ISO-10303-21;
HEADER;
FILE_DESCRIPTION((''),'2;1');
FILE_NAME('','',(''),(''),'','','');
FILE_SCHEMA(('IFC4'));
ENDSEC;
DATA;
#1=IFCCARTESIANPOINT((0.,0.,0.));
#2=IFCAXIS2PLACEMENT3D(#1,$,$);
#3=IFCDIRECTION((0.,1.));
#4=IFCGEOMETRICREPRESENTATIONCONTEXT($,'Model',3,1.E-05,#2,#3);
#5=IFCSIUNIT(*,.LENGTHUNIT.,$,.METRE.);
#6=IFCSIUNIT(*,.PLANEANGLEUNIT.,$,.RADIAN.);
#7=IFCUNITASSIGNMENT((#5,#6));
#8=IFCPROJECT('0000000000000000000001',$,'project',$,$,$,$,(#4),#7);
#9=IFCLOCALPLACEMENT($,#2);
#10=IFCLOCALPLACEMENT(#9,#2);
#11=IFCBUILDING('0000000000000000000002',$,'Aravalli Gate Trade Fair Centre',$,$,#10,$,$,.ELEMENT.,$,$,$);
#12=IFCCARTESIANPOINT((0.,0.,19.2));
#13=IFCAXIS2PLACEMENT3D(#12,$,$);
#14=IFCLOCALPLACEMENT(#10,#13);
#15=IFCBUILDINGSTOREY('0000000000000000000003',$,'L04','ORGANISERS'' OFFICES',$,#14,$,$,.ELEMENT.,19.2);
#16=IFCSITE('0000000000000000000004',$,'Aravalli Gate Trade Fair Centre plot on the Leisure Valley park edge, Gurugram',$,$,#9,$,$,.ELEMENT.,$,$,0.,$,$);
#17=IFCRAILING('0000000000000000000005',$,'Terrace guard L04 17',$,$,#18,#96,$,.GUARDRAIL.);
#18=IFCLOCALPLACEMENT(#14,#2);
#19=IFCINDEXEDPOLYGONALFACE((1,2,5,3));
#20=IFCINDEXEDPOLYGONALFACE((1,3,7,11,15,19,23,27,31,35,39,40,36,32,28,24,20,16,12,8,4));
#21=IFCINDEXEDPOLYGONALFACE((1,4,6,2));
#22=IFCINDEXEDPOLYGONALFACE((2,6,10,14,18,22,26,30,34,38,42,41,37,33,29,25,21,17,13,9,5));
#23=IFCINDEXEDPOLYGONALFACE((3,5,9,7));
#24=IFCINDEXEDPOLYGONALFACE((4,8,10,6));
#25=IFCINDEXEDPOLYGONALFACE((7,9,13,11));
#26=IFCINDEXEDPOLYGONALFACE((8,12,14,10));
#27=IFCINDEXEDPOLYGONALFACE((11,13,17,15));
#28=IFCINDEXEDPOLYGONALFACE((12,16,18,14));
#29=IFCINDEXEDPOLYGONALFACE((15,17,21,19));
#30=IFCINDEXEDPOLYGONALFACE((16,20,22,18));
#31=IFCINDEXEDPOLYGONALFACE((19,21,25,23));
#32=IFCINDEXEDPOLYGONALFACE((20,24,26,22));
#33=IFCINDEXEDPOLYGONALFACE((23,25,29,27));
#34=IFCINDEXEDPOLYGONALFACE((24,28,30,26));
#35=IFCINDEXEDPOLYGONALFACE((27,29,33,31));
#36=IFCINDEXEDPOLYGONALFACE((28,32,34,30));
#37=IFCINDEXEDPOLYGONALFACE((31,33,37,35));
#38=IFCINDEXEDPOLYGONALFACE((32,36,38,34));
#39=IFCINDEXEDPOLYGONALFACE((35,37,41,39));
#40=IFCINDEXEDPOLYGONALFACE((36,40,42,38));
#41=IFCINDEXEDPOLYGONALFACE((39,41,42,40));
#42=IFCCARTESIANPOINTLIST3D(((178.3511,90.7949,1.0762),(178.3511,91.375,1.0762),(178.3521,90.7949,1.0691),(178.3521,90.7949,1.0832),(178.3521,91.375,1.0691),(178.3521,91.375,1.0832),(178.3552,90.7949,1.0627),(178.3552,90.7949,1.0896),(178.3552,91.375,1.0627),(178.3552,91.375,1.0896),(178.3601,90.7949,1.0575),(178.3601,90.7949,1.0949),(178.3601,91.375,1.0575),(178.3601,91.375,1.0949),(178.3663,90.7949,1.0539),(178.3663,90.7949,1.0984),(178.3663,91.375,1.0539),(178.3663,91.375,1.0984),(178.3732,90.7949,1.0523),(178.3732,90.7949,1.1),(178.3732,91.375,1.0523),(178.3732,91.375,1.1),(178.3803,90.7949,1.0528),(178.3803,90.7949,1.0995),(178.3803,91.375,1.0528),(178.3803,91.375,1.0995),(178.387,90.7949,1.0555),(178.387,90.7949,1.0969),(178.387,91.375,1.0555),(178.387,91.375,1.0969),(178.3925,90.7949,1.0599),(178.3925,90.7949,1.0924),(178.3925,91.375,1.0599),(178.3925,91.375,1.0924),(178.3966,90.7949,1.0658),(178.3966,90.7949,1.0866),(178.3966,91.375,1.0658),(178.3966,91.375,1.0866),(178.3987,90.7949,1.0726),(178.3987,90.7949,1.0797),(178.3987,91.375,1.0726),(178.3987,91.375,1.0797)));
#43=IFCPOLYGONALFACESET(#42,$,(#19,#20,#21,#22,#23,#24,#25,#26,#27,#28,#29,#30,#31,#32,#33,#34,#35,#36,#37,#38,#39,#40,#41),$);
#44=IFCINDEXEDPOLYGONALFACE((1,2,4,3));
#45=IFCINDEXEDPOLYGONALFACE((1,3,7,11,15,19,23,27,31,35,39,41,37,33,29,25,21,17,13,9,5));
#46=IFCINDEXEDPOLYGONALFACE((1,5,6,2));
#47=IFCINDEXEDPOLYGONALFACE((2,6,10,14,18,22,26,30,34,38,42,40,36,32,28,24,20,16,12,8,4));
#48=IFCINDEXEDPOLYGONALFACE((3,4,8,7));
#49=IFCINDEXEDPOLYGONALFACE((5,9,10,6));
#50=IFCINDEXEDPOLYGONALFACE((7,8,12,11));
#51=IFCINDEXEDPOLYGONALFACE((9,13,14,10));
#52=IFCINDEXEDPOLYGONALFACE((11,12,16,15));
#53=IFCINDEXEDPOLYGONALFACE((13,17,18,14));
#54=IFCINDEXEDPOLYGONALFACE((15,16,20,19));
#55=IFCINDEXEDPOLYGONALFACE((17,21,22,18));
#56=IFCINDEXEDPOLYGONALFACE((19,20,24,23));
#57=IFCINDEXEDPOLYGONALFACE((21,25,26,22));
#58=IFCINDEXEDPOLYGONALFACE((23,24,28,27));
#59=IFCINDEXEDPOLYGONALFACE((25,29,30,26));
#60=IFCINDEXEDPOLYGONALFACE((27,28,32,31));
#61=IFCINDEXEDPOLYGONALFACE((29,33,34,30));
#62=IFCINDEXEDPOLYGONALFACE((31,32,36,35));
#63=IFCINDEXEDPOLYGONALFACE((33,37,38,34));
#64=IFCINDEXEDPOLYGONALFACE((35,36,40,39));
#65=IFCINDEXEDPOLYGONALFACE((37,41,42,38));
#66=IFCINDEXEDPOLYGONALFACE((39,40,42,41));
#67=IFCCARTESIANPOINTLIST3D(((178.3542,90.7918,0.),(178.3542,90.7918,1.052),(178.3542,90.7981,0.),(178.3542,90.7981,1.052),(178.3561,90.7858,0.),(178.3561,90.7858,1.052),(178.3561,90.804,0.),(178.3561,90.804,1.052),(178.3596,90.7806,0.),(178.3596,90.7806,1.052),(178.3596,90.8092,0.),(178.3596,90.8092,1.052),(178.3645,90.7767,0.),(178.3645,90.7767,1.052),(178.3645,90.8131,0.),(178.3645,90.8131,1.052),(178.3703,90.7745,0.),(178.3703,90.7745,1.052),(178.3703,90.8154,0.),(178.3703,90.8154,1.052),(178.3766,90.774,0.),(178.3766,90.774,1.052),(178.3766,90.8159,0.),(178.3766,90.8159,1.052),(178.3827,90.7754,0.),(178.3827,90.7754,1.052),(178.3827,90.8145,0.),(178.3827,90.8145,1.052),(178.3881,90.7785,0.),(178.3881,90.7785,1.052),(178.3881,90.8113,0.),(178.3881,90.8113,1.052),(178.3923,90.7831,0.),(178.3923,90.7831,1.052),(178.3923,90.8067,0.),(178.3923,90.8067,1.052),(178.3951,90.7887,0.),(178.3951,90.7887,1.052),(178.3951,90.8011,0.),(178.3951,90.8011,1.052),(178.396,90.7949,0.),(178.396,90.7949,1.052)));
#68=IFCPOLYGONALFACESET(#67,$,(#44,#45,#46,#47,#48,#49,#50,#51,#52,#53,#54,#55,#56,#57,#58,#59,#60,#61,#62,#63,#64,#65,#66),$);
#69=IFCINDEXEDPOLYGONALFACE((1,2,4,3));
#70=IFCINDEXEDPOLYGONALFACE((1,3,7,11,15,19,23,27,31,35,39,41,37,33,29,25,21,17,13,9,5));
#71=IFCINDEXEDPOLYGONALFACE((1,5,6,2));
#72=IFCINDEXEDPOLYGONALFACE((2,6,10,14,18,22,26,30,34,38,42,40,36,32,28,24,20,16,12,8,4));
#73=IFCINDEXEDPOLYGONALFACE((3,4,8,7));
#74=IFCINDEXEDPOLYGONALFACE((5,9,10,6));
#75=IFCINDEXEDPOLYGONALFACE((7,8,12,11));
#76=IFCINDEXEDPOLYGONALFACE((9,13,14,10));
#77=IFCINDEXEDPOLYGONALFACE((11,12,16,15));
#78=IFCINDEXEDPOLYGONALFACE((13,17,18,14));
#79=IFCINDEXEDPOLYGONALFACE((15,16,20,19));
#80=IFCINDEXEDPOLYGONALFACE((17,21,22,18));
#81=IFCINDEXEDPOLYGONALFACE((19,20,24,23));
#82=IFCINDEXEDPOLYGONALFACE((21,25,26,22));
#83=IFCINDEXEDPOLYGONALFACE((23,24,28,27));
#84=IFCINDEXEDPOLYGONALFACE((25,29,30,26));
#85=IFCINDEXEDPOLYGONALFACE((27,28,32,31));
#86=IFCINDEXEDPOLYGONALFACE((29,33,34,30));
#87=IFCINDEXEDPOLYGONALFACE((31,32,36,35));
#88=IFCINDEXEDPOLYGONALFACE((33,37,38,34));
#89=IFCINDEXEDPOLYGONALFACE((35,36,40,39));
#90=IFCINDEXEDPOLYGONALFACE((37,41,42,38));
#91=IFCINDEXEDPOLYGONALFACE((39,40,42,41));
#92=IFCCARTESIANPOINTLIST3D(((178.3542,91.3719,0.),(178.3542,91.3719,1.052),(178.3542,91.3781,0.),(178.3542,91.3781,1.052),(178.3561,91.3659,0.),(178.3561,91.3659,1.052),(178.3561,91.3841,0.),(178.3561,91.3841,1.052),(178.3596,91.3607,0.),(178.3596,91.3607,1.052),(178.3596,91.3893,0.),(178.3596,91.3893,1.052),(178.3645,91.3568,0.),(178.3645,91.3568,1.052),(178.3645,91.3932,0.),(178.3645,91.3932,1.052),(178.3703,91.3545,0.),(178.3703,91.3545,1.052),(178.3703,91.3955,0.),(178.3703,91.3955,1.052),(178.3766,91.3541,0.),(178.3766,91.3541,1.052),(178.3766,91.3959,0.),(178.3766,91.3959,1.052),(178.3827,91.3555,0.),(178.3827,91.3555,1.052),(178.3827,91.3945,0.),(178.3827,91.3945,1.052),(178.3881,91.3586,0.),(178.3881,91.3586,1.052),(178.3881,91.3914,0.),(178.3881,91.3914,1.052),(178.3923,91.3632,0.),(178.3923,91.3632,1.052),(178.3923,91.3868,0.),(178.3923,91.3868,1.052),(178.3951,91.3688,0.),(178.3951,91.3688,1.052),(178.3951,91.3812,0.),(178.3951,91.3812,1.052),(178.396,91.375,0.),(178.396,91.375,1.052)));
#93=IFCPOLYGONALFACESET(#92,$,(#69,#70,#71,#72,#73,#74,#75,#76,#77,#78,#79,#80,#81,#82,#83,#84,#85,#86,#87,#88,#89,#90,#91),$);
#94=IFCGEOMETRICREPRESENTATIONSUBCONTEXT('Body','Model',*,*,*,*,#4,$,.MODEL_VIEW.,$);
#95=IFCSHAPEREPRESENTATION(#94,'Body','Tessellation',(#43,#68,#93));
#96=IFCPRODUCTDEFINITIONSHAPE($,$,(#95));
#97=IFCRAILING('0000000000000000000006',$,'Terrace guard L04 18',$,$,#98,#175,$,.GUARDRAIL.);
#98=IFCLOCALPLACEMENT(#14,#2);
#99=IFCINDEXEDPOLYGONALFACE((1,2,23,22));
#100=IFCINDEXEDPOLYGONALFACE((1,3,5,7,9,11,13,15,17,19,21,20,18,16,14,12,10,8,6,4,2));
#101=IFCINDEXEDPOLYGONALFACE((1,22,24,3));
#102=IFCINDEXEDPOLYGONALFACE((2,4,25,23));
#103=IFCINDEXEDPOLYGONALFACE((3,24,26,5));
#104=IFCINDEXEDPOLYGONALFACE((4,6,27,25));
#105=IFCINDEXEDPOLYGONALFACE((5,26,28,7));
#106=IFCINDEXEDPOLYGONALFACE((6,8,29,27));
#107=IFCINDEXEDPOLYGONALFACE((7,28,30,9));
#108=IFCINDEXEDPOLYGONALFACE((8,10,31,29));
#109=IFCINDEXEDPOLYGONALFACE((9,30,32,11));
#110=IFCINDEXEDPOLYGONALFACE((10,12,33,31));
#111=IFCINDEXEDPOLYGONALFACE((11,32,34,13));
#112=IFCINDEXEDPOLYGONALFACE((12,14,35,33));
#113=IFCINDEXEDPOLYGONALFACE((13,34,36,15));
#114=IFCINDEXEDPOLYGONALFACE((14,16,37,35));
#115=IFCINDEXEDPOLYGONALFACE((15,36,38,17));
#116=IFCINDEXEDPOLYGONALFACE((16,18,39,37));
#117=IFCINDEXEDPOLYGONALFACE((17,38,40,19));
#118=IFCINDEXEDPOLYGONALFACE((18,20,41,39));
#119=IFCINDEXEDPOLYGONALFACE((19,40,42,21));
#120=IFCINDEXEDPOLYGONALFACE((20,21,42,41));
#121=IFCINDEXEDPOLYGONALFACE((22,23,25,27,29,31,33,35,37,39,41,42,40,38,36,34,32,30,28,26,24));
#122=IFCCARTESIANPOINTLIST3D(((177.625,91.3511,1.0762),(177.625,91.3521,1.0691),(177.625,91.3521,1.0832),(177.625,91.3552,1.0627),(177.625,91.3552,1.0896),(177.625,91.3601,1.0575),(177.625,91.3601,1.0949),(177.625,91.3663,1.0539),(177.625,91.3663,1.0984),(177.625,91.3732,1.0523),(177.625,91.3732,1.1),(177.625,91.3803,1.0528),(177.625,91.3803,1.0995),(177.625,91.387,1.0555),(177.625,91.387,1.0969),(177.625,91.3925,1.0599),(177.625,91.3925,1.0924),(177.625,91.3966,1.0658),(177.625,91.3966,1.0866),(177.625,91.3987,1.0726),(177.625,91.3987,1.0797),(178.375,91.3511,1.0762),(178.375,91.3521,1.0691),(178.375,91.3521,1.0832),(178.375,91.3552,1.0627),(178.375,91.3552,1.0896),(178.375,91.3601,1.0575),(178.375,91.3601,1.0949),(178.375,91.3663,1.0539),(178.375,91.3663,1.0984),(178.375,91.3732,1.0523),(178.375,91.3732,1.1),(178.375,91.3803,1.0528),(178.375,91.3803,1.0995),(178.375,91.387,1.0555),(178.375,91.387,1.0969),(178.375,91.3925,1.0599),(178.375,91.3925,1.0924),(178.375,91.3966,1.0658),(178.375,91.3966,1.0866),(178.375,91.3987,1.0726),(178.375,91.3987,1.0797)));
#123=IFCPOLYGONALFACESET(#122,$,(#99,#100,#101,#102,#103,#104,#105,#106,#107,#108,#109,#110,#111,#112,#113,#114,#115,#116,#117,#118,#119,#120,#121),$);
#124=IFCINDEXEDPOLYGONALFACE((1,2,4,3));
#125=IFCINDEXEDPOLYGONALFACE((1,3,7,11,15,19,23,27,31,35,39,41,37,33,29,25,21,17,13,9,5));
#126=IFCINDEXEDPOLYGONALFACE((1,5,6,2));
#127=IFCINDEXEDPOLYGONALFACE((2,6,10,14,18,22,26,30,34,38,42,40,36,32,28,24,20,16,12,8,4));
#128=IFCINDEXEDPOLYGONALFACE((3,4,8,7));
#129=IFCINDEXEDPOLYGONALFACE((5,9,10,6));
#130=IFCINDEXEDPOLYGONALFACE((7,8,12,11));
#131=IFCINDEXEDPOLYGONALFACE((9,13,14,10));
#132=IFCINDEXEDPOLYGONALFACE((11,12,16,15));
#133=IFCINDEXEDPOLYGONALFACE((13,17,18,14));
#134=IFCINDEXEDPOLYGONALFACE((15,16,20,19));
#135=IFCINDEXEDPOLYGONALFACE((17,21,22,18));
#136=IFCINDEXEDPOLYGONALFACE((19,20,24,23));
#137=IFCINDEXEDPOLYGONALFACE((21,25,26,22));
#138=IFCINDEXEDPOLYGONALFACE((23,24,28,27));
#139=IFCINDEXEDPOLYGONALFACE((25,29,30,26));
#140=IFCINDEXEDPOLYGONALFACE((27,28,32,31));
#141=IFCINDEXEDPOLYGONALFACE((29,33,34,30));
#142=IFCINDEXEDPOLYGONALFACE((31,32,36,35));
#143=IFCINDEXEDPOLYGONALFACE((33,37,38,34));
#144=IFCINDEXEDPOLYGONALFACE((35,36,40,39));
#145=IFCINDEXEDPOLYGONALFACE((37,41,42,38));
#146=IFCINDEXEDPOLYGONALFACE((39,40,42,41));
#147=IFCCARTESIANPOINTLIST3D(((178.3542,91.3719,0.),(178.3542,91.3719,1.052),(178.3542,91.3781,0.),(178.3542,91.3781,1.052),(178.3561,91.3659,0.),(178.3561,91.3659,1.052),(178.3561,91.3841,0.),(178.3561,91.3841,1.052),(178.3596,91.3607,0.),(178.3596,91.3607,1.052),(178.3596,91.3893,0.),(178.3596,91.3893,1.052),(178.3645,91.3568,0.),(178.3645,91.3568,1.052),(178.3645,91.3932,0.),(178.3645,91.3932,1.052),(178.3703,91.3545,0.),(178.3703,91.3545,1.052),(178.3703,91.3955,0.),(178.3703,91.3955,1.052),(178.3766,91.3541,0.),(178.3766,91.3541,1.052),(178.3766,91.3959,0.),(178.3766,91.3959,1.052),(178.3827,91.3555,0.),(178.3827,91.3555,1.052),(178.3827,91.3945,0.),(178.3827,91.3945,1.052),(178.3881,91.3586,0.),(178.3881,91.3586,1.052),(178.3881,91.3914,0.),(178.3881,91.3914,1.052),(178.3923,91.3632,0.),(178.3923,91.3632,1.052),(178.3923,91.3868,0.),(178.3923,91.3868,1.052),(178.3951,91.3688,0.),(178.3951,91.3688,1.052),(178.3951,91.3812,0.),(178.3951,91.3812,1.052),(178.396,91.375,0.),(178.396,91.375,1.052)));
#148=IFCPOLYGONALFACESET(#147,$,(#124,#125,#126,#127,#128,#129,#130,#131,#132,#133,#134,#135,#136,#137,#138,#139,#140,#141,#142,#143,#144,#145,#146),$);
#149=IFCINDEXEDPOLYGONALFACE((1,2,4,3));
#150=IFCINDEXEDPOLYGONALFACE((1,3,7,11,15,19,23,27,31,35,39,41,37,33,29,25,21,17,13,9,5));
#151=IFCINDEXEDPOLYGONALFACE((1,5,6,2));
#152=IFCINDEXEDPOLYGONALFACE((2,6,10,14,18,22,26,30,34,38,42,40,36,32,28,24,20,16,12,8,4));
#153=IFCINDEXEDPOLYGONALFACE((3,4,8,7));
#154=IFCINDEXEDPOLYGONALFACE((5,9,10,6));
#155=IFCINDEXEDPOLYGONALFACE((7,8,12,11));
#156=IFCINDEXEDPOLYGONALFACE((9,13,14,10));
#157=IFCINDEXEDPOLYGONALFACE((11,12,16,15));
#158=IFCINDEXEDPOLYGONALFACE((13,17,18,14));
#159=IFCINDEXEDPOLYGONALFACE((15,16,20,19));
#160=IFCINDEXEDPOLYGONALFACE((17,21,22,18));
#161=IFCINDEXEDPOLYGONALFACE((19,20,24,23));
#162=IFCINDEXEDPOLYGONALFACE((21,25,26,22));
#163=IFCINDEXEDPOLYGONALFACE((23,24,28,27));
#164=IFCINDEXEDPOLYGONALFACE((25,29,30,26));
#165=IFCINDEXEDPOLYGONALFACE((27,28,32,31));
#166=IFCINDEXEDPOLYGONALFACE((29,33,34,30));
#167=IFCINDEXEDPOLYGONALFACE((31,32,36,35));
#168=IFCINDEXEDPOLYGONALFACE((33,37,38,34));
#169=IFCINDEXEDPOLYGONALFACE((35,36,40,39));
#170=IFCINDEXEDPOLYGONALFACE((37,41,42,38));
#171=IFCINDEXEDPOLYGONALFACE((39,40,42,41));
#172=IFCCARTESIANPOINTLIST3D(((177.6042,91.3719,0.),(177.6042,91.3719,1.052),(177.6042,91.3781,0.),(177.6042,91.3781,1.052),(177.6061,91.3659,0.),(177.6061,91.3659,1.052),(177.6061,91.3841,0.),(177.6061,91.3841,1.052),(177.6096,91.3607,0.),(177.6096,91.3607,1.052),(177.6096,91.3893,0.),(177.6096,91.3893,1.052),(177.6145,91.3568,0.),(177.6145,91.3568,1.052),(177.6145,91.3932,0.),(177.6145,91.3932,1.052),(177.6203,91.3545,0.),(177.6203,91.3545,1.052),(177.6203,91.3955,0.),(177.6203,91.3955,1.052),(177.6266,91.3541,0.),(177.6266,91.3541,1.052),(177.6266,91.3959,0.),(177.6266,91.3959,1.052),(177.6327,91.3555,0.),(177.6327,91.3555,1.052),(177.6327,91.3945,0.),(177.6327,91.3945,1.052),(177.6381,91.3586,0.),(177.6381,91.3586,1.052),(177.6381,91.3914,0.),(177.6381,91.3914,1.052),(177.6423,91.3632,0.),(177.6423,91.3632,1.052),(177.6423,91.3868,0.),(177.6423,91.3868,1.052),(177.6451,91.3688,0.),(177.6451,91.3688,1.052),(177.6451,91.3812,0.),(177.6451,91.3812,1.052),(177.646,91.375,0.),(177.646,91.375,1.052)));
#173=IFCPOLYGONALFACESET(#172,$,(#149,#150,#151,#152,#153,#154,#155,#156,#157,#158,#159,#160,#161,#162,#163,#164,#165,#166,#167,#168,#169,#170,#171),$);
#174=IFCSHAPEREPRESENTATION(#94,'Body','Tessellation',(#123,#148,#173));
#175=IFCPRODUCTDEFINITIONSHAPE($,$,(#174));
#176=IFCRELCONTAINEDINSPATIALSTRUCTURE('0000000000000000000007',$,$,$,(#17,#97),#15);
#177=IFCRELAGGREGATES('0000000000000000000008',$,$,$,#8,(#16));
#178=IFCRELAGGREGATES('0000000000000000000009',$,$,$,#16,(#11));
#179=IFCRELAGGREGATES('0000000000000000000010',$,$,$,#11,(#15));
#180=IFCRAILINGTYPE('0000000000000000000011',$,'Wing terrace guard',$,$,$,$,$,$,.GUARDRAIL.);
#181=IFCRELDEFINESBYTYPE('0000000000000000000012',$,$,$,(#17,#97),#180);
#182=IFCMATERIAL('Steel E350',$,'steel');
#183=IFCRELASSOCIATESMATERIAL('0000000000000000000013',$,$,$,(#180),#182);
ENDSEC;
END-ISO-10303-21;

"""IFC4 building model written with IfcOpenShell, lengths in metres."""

from ifc_helpers import new_model, si_unit, direction, frame, origin, origin_2d, place, context, subcontext, project, spatial, circle, extrude, material, type_object, element, save


model = new_model("IFC4")

# Units and contexts
model_context = context("Model", 3, precision=1e-05, world=origin(), true_north=direction((0.0, 1.0)))
body_context = subcontext(model_context, "Body", "Model", "MODEL_VIEW")
ifc_project = project(units=[si_unit("LENGTHUNIT", "METRE"), si_unit("PLANEANGLEUNIT", "RADIAN")], contexts=[model_context])

# Site, building, storey
site_placement = place(None, origin())
site = spatial("IfcSite", under=ifc_project, at=site_placement, Name="Aravalli Gate Trade Fair Centre plot on the Leisure Valley park edge, Gurugram", CompositionType="ELEMENT", RefElevation=0.0)
building_placement = place(site_placement, origin())
building = spatial("IfcBuilding", under=site, at=building_placement, Name="Aravalli Gate Trade Fair Centre", CompositionType="ELEMENT")
storey_placement = place(building_placement, frame((0.0, 0.0, 19.2)))
storey = spatial("IfcBuildingStorey", under=building, at=storey_placement, Name="L04", Description="ORGANISERS' OFFICES", CompositionType="ELEMENT", Elevation=19.2)

# Shared definitions
ifc_material_1 = material(Name="Steel E350", Category="steel")

# Railings
railing_type = type_object("IfcRailingType", Name="Wing terrace guard", PredefinedType="GUARDRAIL", material=ifc_material_1)
railing_1_placement = place(storey_placement, frame((178.375, 90.7949, 0.0)))
element("IfcRailing", 1, at=railing_1_placement, inside=storey, type_object=railing_type, Name="Terrace guard L04 17", PredefinedType="GUARDRAIL", context=body_context, shape_type="SweptSolid", body=[
    extrude(circle(Radius=0.0239, at=origin_2d()), frame((0.0, 0.0, 1.0762), z_axis=(0.0, 1.0, 0.0), x_axis=(-1.0, 0.0, 0.0)), (0.0, 0.0, 1.0), 0.5801),
    extrude(circle(Radius=0.021, at=origin_2d()), origin(), (0.0, 0.0, 1.0), 1.052),
    extrude(circle(Radius=0.021, at=origin_2d()), frame((0.0, 0.5801, 0.0)), (0.0, 0.0, 1.0), 1.052),
])
railing_2_placement = place(storey_placement, frame((178.375, 91.375, 0.0)))
element("IfcRailing", 2, at=railing_2_placement, inside=storey, type_object=railing_type, Name="Terrace guard L04 18", PredefinedType="GUARDRAIL", context=body_context, shape_type="SweptSolid", body=[
    extrude(circle(Radius=0.0239, at=origin_2d()), frame((0.0, 0.0, 1.0762), z_axis=(-1.0, 0.0, 0.0), x_axis=(0.0, -1.0, 0.0)), (0.0, 0.0, 1.0), 0.75),
    extrude(circle(Radius=0.021, at=origin_2d()), origin(), (0.0, 0.0, 1.0), 1.052),
    extrude(circle(Radius=0.021, at=origin_2d()), frame((-0.75, 0.0, 0.0)), (0.0, 0.0, 1.0), 1.052),
])

save(model, "model.ifc")
